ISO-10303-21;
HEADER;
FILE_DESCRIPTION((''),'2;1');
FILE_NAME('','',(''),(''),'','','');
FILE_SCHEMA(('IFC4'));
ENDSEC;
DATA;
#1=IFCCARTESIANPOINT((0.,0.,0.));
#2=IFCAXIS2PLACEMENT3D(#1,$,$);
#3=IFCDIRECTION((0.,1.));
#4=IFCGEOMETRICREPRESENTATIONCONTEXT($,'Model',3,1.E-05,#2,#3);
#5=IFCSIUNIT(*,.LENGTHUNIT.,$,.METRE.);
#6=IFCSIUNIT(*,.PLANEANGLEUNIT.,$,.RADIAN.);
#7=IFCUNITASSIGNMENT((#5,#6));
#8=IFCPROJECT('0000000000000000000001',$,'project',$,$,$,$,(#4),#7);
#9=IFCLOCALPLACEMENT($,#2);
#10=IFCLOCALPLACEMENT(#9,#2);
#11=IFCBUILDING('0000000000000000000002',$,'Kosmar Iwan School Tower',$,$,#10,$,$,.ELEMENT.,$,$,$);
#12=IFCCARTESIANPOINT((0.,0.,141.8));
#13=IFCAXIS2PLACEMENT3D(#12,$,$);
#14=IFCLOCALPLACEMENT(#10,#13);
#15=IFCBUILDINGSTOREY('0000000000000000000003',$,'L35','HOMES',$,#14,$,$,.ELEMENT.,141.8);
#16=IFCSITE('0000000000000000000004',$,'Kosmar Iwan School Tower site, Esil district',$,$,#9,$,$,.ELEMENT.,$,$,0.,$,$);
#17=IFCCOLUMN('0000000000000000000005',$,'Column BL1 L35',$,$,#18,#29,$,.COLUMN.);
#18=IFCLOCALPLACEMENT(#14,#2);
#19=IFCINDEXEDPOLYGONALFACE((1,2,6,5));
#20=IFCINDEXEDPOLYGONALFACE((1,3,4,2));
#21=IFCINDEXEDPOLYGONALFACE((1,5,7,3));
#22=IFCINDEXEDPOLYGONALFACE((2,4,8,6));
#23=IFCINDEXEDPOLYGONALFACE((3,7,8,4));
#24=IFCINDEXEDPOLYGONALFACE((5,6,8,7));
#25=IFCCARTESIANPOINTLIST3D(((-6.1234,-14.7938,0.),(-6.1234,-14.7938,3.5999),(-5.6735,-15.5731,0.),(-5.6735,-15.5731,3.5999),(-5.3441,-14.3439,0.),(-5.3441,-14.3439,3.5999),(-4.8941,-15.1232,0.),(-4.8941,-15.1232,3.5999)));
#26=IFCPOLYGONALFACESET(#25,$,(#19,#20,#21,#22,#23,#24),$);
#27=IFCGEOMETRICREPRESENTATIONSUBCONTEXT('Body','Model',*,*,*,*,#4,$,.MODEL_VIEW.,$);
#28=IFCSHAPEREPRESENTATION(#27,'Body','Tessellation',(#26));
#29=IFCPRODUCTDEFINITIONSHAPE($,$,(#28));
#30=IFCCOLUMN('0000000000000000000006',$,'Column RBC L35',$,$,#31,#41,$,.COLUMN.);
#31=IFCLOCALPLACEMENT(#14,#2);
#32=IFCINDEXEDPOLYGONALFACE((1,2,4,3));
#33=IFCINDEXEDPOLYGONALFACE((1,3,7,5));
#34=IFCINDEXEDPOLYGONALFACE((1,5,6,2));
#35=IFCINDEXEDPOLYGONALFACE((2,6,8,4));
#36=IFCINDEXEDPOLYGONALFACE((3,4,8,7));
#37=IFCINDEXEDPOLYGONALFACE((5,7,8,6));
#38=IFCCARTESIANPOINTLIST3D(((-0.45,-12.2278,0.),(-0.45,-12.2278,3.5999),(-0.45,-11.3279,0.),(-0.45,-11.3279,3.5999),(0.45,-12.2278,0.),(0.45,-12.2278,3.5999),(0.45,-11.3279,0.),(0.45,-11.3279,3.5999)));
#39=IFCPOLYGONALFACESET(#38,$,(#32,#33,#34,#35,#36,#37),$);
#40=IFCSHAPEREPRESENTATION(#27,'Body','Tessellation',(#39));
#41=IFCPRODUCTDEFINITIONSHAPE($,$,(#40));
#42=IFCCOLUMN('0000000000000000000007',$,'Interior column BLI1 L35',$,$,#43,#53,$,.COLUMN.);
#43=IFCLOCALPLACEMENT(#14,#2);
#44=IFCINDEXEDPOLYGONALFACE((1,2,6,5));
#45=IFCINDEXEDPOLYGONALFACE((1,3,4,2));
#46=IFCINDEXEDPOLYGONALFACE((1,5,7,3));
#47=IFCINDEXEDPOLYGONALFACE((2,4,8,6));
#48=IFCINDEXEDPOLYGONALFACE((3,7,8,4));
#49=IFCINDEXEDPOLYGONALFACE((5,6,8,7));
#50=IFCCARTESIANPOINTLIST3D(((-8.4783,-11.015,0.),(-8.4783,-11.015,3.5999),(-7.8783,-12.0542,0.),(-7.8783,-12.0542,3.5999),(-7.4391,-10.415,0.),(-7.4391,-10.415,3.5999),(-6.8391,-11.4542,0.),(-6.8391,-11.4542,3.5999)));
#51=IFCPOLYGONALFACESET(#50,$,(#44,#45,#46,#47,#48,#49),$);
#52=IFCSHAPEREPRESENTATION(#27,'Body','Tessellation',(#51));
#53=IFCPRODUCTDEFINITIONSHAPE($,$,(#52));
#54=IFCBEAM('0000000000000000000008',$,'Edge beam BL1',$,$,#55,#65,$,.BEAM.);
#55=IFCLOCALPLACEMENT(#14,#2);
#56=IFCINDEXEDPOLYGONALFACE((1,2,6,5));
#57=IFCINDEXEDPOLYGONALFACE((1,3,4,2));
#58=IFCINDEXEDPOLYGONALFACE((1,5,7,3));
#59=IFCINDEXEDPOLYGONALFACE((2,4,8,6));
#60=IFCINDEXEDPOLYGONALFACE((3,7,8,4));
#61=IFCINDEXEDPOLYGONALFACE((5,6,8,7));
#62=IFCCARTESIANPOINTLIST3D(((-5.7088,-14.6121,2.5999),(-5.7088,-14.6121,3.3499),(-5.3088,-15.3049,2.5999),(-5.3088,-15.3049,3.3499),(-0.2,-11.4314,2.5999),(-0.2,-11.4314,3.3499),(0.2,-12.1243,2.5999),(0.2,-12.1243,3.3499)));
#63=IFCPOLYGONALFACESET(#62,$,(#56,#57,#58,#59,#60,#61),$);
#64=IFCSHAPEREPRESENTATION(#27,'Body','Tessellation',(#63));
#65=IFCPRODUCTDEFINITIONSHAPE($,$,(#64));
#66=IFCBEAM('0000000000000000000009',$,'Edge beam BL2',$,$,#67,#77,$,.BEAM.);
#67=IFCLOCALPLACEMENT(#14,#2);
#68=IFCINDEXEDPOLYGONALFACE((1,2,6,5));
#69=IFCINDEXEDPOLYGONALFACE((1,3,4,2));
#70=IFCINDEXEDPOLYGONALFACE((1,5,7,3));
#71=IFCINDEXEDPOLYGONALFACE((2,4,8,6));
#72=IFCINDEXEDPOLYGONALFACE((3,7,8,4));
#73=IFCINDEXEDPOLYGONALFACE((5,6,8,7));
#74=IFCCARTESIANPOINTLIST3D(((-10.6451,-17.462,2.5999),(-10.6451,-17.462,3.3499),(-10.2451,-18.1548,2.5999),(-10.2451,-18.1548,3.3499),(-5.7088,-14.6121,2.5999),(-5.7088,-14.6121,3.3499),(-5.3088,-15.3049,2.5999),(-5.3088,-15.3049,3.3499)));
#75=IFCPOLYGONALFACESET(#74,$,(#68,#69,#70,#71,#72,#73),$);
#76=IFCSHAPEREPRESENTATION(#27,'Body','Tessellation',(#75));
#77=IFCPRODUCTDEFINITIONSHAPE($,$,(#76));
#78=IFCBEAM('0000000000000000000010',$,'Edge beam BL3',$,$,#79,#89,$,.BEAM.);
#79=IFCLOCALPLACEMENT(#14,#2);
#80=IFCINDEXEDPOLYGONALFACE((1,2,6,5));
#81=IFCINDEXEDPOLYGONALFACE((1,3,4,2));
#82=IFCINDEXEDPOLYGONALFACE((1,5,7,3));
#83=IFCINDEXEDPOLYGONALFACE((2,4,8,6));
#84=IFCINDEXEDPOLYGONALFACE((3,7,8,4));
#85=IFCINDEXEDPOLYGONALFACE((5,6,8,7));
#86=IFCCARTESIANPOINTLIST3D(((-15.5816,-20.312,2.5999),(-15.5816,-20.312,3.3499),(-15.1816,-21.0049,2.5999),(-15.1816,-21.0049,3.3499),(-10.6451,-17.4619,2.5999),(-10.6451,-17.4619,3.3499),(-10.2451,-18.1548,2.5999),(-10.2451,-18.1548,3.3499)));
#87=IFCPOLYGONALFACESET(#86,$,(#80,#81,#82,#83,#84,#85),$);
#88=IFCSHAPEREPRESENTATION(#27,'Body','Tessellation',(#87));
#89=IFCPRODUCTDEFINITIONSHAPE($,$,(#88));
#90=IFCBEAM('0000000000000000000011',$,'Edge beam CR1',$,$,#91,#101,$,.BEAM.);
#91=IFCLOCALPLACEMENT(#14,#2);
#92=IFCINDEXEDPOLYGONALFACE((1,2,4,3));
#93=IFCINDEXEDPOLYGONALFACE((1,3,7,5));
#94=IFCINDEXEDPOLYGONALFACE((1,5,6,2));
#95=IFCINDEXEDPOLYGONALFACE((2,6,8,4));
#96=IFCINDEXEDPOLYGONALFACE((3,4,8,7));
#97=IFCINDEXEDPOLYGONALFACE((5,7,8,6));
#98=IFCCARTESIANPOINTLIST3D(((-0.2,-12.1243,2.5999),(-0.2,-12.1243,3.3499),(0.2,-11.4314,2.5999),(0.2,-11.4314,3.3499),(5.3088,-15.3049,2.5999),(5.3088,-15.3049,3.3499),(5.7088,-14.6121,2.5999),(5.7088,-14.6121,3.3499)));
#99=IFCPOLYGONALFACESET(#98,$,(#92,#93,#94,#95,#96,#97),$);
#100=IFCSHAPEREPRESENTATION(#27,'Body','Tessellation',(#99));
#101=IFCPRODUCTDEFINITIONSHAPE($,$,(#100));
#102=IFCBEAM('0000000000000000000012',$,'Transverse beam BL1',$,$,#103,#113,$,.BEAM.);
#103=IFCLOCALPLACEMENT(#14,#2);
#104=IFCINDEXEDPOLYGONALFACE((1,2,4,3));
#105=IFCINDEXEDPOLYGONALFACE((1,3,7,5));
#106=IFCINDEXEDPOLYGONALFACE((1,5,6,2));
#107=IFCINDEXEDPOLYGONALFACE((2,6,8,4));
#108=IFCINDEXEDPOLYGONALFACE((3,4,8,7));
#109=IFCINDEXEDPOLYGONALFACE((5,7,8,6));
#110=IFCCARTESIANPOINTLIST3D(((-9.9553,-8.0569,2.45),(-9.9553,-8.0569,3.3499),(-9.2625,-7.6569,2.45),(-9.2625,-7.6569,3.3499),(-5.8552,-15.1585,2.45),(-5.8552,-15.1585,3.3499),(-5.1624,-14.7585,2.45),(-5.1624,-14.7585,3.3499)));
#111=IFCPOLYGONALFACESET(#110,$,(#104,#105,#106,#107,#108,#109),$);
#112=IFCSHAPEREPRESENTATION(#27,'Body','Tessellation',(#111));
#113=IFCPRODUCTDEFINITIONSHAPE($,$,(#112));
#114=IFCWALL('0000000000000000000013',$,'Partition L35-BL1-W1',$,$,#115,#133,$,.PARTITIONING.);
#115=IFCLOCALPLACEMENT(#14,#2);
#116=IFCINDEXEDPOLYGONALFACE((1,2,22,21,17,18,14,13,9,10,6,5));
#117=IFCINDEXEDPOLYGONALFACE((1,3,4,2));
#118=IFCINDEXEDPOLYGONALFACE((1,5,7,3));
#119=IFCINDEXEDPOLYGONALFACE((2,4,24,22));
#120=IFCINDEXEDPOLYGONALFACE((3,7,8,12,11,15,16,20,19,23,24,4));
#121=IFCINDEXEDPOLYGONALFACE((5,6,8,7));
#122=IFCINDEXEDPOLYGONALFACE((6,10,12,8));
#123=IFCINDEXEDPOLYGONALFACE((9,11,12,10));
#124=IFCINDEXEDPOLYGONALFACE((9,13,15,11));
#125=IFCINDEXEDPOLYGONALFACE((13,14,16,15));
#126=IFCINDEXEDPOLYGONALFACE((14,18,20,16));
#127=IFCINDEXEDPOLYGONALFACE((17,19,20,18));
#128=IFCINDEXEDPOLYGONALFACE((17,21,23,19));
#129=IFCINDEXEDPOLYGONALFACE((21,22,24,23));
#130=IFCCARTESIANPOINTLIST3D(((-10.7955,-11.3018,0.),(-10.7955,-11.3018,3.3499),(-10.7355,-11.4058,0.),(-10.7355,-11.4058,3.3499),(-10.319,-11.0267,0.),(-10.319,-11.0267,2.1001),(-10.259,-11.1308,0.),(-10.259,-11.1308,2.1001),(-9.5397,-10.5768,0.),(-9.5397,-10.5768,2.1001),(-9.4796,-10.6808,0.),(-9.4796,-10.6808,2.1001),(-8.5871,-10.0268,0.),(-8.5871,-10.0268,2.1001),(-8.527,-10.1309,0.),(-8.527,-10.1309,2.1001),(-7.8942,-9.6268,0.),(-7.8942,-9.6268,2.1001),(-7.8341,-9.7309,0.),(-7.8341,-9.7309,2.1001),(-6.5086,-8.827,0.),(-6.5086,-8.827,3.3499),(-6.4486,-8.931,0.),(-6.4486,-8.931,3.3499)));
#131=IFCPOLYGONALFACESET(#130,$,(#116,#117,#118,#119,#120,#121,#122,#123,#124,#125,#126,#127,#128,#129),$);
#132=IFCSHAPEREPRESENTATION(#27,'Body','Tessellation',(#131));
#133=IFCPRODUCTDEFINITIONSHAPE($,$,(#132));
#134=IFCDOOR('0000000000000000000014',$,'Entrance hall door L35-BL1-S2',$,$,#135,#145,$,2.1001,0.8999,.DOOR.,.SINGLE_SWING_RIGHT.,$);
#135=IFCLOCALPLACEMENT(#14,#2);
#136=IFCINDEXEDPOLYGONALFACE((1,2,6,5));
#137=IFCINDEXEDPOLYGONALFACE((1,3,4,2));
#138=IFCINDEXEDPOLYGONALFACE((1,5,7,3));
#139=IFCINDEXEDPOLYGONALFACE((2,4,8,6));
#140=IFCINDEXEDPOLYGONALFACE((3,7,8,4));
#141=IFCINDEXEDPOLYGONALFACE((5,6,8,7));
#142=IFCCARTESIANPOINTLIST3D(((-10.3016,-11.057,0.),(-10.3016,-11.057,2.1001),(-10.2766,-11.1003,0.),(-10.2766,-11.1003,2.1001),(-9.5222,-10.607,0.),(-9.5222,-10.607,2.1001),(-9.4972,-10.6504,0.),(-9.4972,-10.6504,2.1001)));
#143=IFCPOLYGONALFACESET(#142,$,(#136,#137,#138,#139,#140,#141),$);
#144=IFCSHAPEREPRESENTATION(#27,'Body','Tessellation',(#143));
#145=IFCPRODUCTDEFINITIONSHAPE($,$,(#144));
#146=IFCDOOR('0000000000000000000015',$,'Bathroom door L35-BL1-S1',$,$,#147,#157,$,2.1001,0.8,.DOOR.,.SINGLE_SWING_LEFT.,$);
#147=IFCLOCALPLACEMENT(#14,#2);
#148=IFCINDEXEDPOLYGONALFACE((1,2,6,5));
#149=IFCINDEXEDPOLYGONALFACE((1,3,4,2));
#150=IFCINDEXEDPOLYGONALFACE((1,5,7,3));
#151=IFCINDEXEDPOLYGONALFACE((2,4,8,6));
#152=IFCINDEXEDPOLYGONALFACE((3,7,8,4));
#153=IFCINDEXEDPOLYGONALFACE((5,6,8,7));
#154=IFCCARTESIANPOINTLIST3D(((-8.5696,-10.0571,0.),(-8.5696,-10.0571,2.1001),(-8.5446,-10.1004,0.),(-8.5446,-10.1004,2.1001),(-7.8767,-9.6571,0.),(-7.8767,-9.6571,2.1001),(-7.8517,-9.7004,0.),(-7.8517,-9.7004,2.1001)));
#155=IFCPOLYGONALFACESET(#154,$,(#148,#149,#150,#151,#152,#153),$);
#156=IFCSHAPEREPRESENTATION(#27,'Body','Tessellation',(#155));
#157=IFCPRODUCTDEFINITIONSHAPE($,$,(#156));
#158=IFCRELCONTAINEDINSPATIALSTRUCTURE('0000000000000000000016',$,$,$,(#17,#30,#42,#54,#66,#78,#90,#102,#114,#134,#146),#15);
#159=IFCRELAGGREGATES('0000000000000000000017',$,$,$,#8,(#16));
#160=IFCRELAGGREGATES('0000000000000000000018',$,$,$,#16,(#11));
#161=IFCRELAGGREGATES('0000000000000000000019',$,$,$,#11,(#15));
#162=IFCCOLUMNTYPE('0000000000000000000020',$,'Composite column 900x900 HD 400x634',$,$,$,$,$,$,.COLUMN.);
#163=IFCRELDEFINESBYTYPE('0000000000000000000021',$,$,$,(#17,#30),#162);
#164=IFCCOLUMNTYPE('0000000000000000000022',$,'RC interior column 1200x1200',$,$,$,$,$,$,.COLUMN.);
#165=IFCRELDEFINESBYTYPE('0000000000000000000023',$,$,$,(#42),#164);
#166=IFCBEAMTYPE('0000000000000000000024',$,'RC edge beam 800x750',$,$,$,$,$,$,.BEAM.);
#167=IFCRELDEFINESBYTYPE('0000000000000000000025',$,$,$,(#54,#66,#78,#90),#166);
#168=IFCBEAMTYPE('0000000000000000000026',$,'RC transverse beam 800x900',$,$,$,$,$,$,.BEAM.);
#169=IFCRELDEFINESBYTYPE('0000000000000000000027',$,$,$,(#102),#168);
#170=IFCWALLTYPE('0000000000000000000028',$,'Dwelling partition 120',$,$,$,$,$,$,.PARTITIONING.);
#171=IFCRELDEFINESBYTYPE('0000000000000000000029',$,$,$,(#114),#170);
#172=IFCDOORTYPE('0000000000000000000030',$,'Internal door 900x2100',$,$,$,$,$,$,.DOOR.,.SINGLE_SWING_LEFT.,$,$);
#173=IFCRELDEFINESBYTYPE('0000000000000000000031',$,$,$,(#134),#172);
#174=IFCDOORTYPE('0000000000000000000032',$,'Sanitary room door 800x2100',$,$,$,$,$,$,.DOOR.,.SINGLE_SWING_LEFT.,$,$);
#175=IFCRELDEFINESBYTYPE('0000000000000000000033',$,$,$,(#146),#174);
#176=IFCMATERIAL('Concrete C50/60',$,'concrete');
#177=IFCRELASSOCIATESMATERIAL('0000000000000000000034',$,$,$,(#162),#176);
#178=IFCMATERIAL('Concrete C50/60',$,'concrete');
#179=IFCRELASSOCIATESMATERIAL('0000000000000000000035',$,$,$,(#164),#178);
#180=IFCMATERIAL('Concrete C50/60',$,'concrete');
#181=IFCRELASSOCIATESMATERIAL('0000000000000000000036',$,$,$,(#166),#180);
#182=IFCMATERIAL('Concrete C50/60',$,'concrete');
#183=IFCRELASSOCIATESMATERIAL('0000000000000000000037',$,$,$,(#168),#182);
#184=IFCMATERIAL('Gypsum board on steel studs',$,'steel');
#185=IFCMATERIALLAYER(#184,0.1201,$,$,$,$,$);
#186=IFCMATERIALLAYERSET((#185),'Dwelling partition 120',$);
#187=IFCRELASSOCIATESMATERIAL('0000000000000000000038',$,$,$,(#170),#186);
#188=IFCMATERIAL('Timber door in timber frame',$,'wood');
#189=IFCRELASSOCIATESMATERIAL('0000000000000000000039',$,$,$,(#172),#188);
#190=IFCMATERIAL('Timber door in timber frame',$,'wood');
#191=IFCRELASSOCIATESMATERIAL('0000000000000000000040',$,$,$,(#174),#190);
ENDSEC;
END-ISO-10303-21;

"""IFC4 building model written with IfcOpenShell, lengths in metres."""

from ifc_helpers import new_model, si_unit, direction, frame, frame_2d, origin, origin_2d, place, context, subcontext, project, spatial, rectangle, extrude, material, layer, layer_set, material_profile, profile_set, type_object, element, fill, save


model = new_model("IFC4")

# Units and contexts
model_context = context("Model", 3, precision=1e-05, world=origin(), true_north=direction((0.0, 1.0)))
body_context = subcontext(model_context, "Body", "Model", "MODEL_VIEW")
ifc_project = project(units=[si_unit("LENGTHUNIT", "METRE"), si_unit("PLANEANGLEUNIT", "RADIAN")], contexts=[model_context])

# Site, building, storey
site_placement = place(None, origin())
site = spatial("IfcSite", under=ifc_project, at=site_placement, Name="Kosmar Iwan School Tower site, Esil district", CompositionType="ELEMENT", RefElevation=0.0)
building_placement = place(site_placement, origin())
building = spatial("IfcBuilding", under=site, at=building_placement, Name="Kosmar Iwan School Tower", CompositionType="ELEMENT")
storey_placement = place(building_placement, frame((0.0, 0.0, 141.8)))
storey = spatial("IfcBuildingStorey", under=building, at=storey_placement, Name="L35", Description="HOMES", CompositionType="ELEMENT", Elevation=141.8)

# Columns
ifc_material_1 = material(Name="Concrete C50/60", Category="concrete")
ifc_material_profile_1 = material_profile(ifc_material_1, rectangle(XDim=0.8999, YDim=0.8999, at=origin_2d()), Name="RC 900x900 + HD 400x634")
ifc_profile_set_1 = profile_set([ifc_material_profile_1], Name="Concrete C50/60")
column_type_1 = type_object("IfcColumnType", Name="Composite column 900x900 HD 400x634", PredefinedType="COLUMN", material=ifc_profile_set_1)
for number, where, z_axis, x_axis, name in (
    (1, (-5.5088, -14.9585, 0.0), (0.0, 0.0, 1.0), (-0.866025, -0.5, 0.0), "Column BL1 L35"),
    (2, (0.0, -11.7778, 0.0), (0.0, 0.0, 1.0), (1.0, 0.0, 0.0), "Column RBC L35"),
):
    element("IfcColumn", number, at=place(storey_placement, frame(where, z_axis=z_axis, x_axis=x_axis)), inside=storey, type_object=column_type_1, Name=name, PredefinedType="COLUMN", context=body_context, shape_type="SweptSolid", body=[
        extrude(rectangle(XDim=0.8999, YDim=0.8999, at=origin_2d()), origin(), (0.0, 0.0, 1.0), 3.5999),
    ])
ifc_material_2 = material(Name="Concrete C50/60", Category="concrete")
ifc_material_profile_2 = material_profile(ifc_material_2, rectangle(XDim=1.2, YDim=1.2, at=origin_2d()), Name="RC 1200x1200")
ifc_profile_set_2 = profile_set([ifc_material_profile_2], Name="Concrete C50/60")
column_type_2 = type_object("IfcColumnType", Name="RC interior column 1200x1200", PredefinedType="COLUMN", material=ifc_profile_set_2)
column_placement = place(storey_placement, frame((-7.6587, -11.2346, 0.0), z_axis=(0.0, 0.0, 1.0), x_axis=(-0.866025, -0.5, 0.0)))
element("IfcColumn", 3, at=column_placement, inside=storey, type_object=column_type_2, Name="Interior column BLI1 L35", PredefinedType="COLUMN", context=body_context, shape_type="SweptSolid", body=[
    extrude(rectangle(XDim=1.2, YDim=1.2, at=origin_2d()), origin(), (0.0, 0.0, 1.0), 3.5999),
])

# Beams
ifc_material_3 = material(Name="Concrete C50/60", Category="concrete")
ifc_material_profile_3 = material_profile(ifc_material_3, rectangle(XDim=0.8, YDim=0.75, at=origin_2d()), Name="RC 800x750")
ifc_profile_set_3 = profile_set([ifc_material_profile_3], Name="Concrete C50/60")
beam_type_1 = type_object("IfcBeamType", Name="RC edge beam 800x750", PredefinedType="BEAM", material=ifc_profile_set_3)
beam_1_placement = place(storey_placement, frame((0.0, -11.7778, 2.9749), z_axis=(-0.866014, -0.500019, 0.0), x_axis=(0.500019, -0.866014, 0.0)))
element("IfcBeam", 4, at=beam_1_placement, inside=storey, type_object=beam_type_1, Name="Edge beam BL1", PredefinedType="BEAM", context=body_context, shape_type="SweptSolid", body=[
    extrude(rectangle(XDim=0.8, YDim=0.75, at=origin_2d()), origin(), (0.0, 0.0, 1.0), 6.3611),
])
beam_2_placement = place(storey_placement, frame((-5.5088, -14.9585, 2.9749), z_axis=(-0.866034, -0.499986, 0.0), x_axis=(0.499986, -0.866034, 0.0)))
element("IfcBeam", 5, at=beam_2_placement, inside=storey, type_object=beam_type_1, Name="Edge beam BL2", PredefinedType="BEAM", context=body_context, shape_type="SweptSolid", body=[
    extrude(rectangle(XDim=0.8, YDim=0.75, at=origin_2d()), origin(), (0.0, 0.0, 1.0), 5.7),
])
beam_3_placement = place(storey_placement, frame((-10.4451, -17.8083, 2.9749), z_axis=(-0.866026, -0.499999, 0.0), x_axis=(0.499999, -0.866026, 0.0)))
element("IfcBeam", 6, at=beam_3_placement, inside=storey, type_object=beam_type_1, Name="Edge beam BL3", PredefinedType="BEAM", context=body_context, shape_type="SweptSolid", body=[
    extrude(rectangle(XDim=0.8, YDim=0.75, at=origin_2d()), origin(), (0.0, 0.0, 1.0), 5.7002),
])
beam_4_placement = place(storey_placement, frame((0.0, -11.7778, 2.9749), z_axis=(0.866014, -0.500019, 0.0), x_axis=(0.500019, 0.866014, 0.0)))
element("IfcBeam", 7, at=beam_4_placement, inside=storey, type_object=beam_type_1, Name="Edge beam CR1", PredefinedType="BEAM", context=body_context, shape_type="SweptSolid", body=[
    extrude(rectangle(XDim=0.8, YDim=0.75, at=origin_2d()), origin(), (0.0, 0.0, 1.0), 6.3611),
])
ifc_material_4 = material(Name="Concrete C50/60", Category="concrete")
ifc_material_profile_4 = material_profile(ifc_material_4, rectangle(XDim=0.8, YDim=0.8999, at=origin_2d()), Name="RC 800x900")
ifc_profile_set_4 = profile_set([ifc_material_profile_4], Name="Concrete C50/60")
beam_type_2 = type_object("IfcBeamType", Name="RC transverse beam 800x900", PredefinedType="BEAM", material=ifc_profile_set_4)
beam_5_placement = place(storey_placement, frame((-5.5088, -14.9585, 2.8999), z_axis=(-0.500001, 0.866025, 0.0), x_axis=(-0.866025, -0.500001, 0.0)))
element("IfcBeam", 8, at=beam_5_placement, inside=storey, type_object=beam_type_2, Name="Transverse beam BL1", PredefinedType="BEAM", context=body_context, shape_type="SweptSolid", body=[
    extrude(rectangle(XDim=0.8, YDim=0.8999, at=origin_2d()), origin(), (0.0, 0.0, 1.0), 8.2002),
])

# Wall, openings, doors
ifc_material_5 = material(Name="Gypsum board on steel studs", Category="steel")
ifc_layer_1 = layer(ifc_material_5, 0.1201)
ifc_layer_set_1 = layer_set([ifc_layer_1], Name="Dwelling partition 120")
wall_type_1 = type_object("IfcWallType", Name="Dwelling partition 120", PredefinedType="PARTITIONING", material=ifc_layer_set_1)
wall_1_placement = place(storey_placement, frame((-6.4785, -8.8789, 0.0), z_axis=(0.0, 0.0, 1.0), x_axis=(-0.86604, -0.499974, 0.0)))
wall_1 = element("IfcWall", 9, at=wall_1_placement, inside=storey, type_object=wall_type_1, Name="Partition L35-BL1-W1", PredefinedType="PARTITIONING", context=body_context, shape_type="SweptSolid", body=[
    extrude(rectangle(XDim=4.95, YDim=0.1201, at=frame_2d((2.4751, 0.0))), origin(), (0.0, 0.0, 1.0), 3.3499),
])
opening_1_placement = place(wall_1_placement, frame((1.6001, 0.0, 0.0)))
opening_1 = element("IfcOpeningElement", 10, at=opening_1_placement, cuts=wall_1, PredefinedType="OPENING", context=body_context, shape_type="SweptSolid", body=[
    extrude(rectangle(XDim=0.8, YDim=2.1001, at=frame_2d((0.3999, 1.05))), frame((0.0, 0.072, 0.0), z_axis=(0.0, -1.0, 0.0), x_axis=(1.0, 0.0, 0.0)), (0.0, 0.0, 1.0), 0.144),
])
opening_2_placement = place(wall_1_placement, frame((3.5, 0.0, 0.0)))
opening_2 = element("IfcOpeningElement", 11, at=opening_2_placement, cuts=wall_1, PredefinedType="OPENING", context=body_context, shape_type="SweptSolid", body=[
    extrude(rectangle(XDim=0.8999, YDim=2.1001, at=frame_2d((0.45, 1.05))), frame((0.0, 0.072, 0.0), z_axis=(0.0, -1.0, 0.0), x_axis=(1.0, 0.0, 0.0)), (0.0, 0.0, 1.0), 0.144),
])
ifc_material_6 = material(Name="Timber door in timber frame", Category="wood")
door_type_1 = type_object("IfcDoorType", Name="Internal door 900x2100", OperationType="SINGLE_SWING_LEFT", PredefinedType="DOOR", material=ifc_material_6)
door_1_placement = place(opening_2_placement, origin())
door_1 = element("IfcDoor", 12, at=door_1_placement, inside=storey, type_object=door_type_1, Name="Entrance hall door L35-BL1-S2", OperationType="SINGLE_SWING_RIGHT", OverallHeight=2.1001, OverallWidth=0.8999, PredefinedType="DOOR", context=body_context, shape_type="SweptSolid", body=[
    extrude(rectangle(XDim=0.8999, YDim=2.1001, at=frame_2d((0.45, 1.05))), frame((0.0, 0.0249, 0.0), z_axis=(0.0, -1.0, 0.0), x_axis=(1.0, 0.0, 0.0)), (0.0, 0.0, 1.0), 0.05),
])
fill(opening_2, door_1)
ifc_material_7 = material(Name="Timber door in timber frame", Category="wood")
door_type_2 = type_object("IfcDoorType", Name="Sanitary room door 800x2100", OperationType="SINGLE_SWING_LEFT", PredefinedType="DOOR", material=ifc_material_7)
door_2_placement = place(opening_1_placement, origin())
door_2 = element("IfcDoor", 13, at=door_2_placement, inside=storey, type_object=door_type_2, Name="Bathroom door L35-BL1-S1", OperationType="SINGLE_SWING_LEFT", OverallHeight=2.1001, OverallWidth=0.8, PredefinedType="DOOR", context=body_context, shape_type="SweptSolid", body=[
    extrude(rectangle(XDim=0.8, YDim=2.1001, at=frame_2d((0.3999, 1.05))), frame((0.0, 0.0249, 0.0), z_axis=(0.0, -1.0, 0.0), x_axis=(1.0, 0.0, 0.0)), (0.0, 0.0, 1.0), 0.05),
])
fill(opening_1, door_2)

save(model, "model.ifc")
